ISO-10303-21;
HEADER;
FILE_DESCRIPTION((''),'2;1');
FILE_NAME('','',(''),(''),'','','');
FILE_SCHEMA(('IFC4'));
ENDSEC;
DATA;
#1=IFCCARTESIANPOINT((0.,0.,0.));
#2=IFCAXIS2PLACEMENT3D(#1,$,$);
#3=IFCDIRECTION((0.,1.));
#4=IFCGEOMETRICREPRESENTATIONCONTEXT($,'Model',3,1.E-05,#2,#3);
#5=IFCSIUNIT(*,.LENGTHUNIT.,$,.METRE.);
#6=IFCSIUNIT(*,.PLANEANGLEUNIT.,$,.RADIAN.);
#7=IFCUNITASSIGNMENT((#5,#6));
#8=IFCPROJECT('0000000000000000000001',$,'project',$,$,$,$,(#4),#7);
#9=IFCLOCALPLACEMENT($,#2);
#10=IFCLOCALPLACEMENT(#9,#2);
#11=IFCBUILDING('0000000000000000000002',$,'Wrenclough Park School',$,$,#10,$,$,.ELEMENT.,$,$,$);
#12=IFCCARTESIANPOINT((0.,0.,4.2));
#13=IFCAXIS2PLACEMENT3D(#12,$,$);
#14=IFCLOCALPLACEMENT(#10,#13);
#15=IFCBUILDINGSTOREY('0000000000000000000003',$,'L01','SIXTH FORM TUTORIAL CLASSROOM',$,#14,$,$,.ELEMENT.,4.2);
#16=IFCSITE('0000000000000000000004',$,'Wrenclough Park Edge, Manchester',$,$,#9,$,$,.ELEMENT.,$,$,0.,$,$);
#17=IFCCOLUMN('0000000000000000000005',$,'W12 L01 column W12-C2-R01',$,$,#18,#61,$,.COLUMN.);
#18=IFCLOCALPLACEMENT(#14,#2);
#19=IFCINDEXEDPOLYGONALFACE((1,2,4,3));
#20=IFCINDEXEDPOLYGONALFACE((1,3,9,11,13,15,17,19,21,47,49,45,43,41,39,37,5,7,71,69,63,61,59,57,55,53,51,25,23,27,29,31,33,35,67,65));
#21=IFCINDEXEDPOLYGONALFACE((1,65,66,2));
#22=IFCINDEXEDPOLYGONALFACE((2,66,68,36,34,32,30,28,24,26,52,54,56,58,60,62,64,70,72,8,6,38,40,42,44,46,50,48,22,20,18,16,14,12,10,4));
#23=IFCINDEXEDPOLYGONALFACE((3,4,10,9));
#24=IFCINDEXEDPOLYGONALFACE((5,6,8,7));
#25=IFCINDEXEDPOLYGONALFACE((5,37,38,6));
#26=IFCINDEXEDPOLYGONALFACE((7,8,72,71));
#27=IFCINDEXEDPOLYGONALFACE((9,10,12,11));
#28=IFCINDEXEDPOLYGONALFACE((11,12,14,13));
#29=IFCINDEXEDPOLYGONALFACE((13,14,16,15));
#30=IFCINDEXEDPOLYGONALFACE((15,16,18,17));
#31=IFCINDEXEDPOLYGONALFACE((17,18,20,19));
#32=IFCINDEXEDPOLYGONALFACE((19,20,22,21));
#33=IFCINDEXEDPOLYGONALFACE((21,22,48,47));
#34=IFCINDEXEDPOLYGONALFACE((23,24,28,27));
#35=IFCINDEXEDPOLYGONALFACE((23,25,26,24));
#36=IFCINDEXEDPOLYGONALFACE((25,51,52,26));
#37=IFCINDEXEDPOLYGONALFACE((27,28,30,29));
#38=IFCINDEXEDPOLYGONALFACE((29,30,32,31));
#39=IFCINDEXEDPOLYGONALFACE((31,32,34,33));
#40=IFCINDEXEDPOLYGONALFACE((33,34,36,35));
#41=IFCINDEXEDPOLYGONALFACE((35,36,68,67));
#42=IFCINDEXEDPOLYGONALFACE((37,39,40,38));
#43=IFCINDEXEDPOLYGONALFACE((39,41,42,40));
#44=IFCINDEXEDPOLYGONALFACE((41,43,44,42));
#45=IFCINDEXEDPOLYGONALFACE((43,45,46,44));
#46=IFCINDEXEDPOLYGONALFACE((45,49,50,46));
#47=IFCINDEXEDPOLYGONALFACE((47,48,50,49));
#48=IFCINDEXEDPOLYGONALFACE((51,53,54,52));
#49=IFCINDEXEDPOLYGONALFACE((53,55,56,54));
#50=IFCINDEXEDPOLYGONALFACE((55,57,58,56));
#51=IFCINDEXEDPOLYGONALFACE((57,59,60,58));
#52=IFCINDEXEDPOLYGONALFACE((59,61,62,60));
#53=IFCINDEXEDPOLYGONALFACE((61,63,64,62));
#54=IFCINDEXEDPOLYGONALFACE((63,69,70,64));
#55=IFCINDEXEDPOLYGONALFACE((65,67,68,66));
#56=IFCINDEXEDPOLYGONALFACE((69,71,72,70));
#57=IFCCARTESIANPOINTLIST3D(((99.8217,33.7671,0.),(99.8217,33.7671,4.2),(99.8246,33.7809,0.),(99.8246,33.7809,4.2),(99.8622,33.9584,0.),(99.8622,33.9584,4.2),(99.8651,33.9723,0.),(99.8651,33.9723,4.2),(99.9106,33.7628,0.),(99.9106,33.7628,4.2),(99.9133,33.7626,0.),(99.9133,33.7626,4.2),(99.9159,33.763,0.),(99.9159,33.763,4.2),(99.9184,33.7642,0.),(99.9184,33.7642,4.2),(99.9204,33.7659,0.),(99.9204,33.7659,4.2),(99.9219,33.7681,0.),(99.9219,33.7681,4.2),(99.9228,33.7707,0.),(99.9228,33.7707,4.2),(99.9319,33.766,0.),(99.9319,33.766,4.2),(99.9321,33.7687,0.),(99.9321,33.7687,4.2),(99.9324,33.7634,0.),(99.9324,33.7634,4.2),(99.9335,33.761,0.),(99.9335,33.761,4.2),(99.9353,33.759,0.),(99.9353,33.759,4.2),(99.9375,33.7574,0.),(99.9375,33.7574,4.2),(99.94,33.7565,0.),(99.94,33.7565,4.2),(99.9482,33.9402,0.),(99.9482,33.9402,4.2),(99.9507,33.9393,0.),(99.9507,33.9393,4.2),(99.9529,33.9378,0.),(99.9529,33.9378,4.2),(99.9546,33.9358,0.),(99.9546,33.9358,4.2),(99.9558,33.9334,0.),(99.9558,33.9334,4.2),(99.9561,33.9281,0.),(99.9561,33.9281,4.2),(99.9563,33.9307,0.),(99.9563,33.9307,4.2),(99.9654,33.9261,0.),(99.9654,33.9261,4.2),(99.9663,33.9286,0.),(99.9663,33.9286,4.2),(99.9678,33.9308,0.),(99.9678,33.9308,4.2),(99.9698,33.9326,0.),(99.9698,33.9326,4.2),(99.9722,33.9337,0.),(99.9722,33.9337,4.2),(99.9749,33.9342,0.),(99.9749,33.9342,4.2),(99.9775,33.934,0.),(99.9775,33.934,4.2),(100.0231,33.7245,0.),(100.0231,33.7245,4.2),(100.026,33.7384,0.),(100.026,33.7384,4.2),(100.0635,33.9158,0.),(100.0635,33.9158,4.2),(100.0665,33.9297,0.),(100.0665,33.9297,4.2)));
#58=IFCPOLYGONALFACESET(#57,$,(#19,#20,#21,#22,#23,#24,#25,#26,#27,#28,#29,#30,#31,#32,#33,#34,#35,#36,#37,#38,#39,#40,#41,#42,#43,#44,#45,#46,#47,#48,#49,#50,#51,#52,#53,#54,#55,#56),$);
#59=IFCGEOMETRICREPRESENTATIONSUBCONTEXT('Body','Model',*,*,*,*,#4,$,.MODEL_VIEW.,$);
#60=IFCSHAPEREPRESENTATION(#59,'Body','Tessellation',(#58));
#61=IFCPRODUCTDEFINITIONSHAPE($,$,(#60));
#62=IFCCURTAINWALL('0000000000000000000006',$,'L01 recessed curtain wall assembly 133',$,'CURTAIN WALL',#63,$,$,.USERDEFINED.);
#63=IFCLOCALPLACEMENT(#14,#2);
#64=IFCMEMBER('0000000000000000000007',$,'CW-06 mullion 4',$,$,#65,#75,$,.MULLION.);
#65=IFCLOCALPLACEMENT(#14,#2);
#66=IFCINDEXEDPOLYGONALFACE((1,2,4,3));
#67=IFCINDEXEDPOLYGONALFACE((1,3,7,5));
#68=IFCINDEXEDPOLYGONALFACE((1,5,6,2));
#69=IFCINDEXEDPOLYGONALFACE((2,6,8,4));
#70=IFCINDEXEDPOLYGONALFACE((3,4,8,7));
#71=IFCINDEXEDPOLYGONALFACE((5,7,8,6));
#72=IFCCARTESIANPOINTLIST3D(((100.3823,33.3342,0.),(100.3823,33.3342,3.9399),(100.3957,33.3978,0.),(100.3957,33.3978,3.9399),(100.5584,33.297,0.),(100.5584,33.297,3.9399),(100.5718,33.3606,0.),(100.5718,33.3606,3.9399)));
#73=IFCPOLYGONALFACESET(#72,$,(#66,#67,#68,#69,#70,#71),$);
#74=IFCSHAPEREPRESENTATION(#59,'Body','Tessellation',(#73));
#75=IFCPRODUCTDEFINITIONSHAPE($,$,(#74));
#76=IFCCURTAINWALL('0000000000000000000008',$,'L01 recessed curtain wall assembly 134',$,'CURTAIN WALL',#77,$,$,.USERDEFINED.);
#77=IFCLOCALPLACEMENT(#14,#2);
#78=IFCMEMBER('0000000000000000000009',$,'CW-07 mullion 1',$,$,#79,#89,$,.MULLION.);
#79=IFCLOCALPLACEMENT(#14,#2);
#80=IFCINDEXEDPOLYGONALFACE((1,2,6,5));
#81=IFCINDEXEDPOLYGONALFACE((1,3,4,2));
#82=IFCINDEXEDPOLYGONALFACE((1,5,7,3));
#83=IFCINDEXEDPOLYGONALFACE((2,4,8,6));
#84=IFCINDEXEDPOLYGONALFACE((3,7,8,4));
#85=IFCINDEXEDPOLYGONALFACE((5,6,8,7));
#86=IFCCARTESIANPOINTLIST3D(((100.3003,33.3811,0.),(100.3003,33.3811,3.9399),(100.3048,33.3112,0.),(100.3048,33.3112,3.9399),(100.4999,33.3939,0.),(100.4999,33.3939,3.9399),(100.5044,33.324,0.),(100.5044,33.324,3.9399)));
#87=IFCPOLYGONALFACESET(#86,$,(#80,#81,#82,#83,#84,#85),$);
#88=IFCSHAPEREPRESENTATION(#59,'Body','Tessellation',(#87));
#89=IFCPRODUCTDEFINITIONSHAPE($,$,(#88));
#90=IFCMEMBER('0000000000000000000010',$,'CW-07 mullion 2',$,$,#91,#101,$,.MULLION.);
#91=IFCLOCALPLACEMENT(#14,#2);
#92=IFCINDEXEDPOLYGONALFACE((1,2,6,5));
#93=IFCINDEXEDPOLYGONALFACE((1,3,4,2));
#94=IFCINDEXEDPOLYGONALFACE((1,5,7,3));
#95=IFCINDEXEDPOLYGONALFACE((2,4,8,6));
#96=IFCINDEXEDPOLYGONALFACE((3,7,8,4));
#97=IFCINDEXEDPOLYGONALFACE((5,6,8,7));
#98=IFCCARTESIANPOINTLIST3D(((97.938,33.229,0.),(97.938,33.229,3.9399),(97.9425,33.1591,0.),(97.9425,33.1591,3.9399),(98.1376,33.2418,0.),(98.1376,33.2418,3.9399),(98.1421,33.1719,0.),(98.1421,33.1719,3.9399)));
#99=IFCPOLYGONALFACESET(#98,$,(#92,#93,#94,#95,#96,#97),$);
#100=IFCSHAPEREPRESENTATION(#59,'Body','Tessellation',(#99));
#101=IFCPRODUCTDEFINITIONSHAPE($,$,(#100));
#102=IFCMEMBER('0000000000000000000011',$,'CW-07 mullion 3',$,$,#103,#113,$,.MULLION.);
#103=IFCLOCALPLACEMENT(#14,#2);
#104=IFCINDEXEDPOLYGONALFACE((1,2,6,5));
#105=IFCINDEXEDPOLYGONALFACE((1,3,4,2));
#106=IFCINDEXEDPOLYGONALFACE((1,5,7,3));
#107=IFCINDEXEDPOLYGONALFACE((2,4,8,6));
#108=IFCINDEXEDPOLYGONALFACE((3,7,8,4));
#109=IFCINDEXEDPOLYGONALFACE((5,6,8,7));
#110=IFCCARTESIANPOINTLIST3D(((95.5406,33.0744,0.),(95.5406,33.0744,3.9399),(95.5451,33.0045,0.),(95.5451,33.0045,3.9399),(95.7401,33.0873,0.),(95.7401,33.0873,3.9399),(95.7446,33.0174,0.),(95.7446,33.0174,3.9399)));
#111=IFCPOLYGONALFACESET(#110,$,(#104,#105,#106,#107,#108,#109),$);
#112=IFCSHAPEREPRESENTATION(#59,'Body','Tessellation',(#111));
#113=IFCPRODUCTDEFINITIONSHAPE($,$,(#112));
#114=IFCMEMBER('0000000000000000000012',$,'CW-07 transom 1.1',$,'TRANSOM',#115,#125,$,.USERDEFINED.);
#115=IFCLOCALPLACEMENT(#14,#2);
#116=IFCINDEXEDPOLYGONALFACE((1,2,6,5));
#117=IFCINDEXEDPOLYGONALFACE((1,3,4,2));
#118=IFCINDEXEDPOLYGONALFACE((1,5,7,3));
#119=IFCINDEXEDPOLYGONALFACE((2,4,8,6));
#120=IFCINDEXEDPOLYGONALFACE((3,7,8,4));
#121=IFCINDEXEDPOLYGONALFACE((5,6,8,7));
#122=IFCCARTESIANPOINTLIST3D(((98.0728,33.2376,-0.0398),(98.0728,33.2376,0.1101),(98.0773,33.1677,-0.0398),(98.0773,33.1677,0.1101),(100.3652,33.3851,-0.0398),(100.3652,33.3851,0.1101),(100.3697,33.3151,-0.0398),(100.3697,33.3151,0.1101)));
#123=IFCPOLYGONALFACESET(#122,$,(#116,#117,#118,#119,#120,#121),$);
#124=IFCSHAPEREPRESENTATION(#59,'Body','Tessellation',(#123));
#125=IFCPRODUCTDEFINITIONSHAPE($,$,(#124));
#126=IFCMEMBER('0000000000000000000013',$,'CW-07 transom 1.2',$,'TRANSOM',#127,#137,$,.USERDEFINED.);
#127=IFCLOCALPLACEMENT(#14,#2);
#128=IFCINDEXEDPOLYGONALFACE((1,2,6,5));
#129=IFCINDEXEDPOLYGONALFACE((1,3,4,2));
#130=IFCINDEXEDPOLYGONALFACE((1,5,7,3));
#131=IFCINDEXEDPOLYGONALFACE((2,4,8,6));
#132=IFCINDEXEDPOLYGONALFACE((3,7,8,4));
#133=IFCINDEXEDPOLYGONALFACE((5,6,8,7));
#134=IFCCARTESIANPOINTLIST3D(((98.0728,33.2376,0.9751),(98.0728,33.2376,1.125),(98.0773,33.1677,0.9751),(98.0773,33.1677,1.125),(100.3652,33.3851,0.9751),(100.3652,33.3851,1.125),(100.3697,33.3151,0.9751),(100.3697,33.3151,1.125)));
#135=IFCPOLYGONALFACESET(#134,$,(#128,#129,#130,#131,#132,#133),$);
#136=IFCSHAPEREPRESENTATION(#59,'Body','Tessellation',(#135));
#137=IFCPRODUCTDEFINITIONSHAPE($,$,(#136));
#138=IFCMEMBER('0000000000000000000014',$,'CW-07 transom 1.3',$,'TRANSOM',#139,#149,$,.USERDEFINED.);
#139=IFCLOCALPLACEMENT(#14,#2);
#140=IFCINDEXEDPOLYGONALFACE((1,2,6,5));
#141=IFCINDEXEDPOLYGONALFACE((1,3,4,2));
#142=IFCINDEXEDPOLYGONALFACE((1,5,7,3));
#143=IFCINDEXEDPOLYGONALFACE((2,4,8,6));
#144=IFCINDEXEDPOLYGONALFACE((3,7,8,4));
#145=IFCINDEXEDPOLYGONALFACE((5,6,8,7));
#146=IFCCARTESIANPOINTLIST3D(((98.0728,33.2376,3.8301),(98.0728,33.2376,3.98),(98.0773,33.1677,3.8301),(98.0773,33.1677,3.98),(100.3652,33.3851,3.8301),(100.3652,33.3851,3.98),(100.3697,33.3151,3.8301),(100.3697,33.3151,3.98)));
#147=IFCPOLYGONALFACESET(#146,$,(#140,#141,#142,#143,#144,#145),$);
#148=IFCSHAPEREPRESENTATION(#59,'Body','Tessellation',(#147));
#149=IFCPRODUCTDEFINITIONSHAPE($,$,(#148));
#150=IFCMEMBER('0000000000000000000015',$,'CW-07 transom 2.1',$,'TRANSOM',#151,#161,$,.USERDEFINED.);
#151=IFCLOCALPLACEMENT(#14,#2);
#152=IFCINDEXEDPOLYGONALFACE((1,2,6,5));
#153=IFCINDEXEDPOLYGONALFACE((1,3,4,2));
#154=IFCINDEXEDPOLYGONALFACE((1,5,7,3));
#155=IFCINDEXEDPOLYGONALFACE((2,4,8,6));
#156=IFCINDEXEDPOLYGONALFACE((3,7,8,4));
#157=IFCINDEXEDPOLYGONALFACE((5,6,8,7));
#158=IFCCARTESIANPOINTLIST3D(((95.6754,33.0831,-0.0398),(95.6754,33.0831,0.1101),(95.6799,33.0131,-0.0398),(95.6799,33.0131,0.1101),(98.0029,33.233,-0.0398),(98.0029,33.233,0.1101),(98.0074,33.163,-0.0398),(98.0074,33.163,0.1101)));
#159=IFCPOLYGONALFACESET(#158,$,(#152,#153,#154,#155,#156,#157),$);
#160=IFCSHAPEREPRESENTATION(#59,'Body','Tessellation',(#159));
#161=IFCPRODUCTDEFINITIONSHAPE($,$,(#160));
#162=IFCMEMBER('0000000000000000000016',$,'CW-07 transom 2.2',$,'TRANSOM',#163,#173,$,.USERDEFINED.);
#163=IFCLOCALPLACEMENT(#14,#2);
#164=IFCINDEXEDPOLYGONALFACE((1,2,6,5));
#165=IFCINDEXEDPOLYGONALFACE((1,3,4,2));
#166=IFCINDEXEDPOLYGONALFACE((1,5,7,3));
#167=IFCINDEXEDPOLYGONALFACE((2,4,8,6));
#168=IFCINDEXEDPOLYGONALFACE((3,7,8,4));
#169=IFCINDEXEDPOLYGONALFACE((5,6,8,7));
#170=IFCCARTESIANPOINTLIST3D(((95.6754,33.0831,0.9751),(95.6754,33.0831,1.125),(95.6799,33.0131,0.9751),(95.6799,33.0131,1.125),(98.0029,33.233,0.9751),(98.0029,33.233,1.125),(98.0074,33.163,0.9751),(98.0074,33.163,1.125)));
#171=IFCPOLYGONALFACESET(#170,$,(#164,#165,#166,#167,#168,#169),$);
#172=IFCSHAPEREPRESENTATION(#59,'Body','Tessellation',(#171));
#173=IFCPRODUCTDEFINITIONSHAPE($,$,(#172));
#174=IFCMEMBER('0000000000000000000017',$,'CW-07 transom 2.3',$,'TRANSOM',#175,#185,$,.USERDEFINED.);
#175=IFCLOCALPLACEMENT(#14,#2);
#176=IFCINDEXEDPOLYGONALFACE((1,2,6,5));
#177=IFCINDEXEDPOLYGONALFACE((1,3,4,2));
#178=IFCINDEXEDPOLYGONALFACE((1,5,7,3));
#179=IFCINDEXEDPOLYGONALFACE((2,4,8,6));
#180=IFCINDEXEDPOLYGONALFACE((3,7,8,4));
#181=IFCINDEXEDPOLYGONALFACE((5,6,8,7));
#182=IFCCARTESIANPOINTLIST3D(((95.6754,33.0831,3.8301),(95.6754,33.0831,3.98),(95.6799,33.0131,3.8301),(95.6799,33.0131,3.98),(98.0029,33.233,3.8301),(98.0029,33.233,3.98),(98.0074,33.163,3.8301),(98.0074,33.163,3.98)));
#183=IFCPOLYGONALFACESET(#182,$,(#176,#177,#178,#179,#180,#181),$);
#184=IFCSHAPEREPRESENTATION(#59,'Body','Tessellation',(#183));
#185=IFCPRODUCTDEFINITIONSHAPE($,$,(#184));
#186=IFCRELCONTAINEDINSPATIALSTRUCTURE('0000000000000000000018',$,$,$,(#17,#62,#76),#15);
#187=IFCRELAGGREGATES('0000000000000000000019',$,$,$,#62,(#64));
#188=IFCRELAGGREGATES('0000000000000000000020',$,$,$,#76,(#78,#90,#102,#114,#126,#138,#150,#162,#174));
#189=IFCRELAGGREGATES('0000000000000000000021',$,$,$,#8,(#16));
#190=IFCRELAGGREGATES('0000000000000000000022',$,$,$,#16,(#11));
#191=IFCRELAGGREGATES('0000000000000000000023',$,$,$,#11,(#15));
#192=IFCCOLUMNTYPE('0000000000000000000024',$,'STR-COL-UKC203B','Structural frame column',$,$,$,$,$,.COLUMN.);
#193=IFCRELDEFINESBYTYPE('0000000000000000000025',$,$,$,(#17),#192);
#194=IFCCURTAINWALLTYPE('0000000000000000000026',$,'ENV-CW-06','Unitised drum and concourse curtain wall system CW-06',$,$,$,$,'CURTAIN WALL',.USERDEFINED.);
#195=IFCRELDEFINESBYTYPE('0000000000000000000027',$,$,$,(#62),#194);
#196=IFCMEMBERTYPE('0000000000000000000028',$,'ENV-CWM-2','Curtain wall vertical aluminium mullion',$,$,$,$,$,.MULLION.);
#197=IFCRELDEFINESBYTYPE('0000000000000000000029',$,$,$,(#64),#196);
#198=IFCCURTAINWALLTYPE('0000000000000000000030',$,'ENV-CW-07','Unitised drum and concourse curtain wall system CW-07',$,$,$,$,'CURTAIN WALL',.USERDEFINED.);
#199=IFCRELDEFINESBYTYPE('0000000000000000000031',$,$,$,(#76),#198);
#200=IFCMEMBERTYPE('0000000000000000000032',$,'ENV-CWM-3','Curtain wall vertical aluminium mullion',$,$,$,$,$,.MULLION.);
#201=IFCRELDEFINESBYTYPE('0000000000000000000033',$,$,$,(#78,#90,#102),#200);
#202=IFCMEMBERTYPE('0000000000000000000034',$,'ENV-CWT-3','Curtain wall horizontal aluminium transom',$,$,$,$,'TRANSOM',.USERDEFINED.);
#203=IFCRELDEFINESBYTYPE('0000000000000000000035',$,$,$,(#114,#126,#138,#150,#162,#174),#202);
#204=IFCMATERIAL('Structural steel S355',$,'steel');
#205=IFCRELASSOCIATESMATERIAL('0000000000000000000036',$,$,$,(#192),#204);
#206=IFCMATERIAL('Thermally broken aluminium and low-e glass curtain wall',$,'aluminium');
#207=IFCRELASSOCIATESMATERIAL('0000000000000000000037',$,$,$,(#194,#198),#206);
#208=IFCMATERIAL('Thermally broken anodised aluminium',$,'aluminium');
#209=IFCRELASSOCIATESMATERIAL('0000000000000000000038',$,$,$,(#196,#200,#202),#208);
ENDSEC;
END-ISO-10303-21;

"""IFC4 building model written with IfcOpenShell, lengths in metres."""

from ifc_helpers import new_model, si_unit, direction, frame, origin, origin_2d, place, context, subcontext, project, spatial, rectangle, i_section, extrude, material, material_profile, profile_set, type_object, element, aggregate, save


model = new_model("IFC4")

# Units and contexts
model_context = context("Model", 3, precision=1e-05, world=origin(), true_north=direction((0.0, 1.0)))
body_context = subcontext(model_context, "Body", "Model", "MODEL_VIEW")
ifc_project = project(units=[si_unit("LENGTHUNIT", "METRE"), si_unit("PLANEANGLEUNIT", "RADIAN")], contexts=[model_context])

# Site, building, storey
site_placement = place(None, origin())
site = spatial("IfcSite", under=ifc_project, at=site_placement, Name="Wrenclough Park Edge, Manchester", CompositionType="ELEMENT", RefElevation=0.0)
building_placement = place(site_placement, origin())
building = spatial("IfcBuilding", under=site, at=building_placement, Name="Wrenclough Park School", CompositionType="ELEMENT")
storey_placement = place(building_placement, frame((0.0, 0.0, 4.2)))
storey = spatial("IfcBuildingStorey", under=building, at=storey_placement, Name="L01", Description="SIXTH FORM TUTORIAL CLASSROOM", CompositionType="ELEMENT", Elevation=4.2)

# Column
ifc_material_1 = material(Name="Structural steel S355", Category="steel")
ifc_material_profile_1 = material_profile(ifc_material_1, i_section(OverallWidth=0.2058, OverallDepth=0.2097, WebThickness=0.0095, FlangeThickness=0.0142, FilletRadius=0.0103, at=origin_2d()), Name="UKC 203x203x60")
ifc_profile_set_1 = profile_set([ifc_material_profile_1], Name="Structural steel S355")
column_type = type_object("IfcColumnType", Name="STR-COL-UKC203B", Description="Structural frame column", PredefinedType="COLUMN", material=ifc_profile_set_1)
column_placement = place(storey_placement, frame((99.9441, 33.8484, 0.0), z_axis=(0.0, 0.0, 1.0), x_axis=(0.978365, -0.206887, 0.0)))
element("IfcColumn", 1, at=column_placement, inside=storey, type_object=column_type, Name="W12 L01 column W12-C2-R01", PredefinedType="COLUMN", context=body_context, shape_type="SweptSolid", body=[
    extrude(i_section(OverallWidth=0.2058, OverallDepth=0.2097, WebThickness=0.0095, FlangeThickness=0.0142, FilletRadius=0.0103, at=origin_2d()), origin(), (0.0, 0.0, 1.0), 4.2),
])

# Curtain wall, member
ifc_material_2 = material(Name="Thermally broken aluminium and low-e glass curtain wall", Category="aluminium")
curtain_wall_type_1 = type_object("IfcCurtainWallType", Name="ENV-CW-06", Description="Unitised drum and concourse curtain wall system CW-06", ElementType="CURTAIN WALL", PredefinedType="USERDEFINED", material=ifc_material_2)
curtain_wall_1_placement = place(storey_placement, origin())
curtain_wall_1 = element("IfcCurtainWall", 2, at=curtain_wall_1_placement, inside=storey, type_object=curtain_wall_type_1, Name="L01 recessed curtain wall assembly 133", ObjectType="CURTAIN WALL", PredefinedType="USERDEFINED")
ifc_material_3 = material(Name="Thermally broken anodised aluminium", Category="aluminium")
ifc_material_profile_2 = material_profile(ifc_material_3, rectangle(XDim=0.0649, YDim=0.1799, at=origin_2d()), Name="AL MULLION 65x180")
ifc_profile_set_2 = profile_set([ifc_material_profile_2], Name="Thermally broken anodised aluminium")
member_type_1 = type_object("IfcMemberType", Name="ENV-CWM-2", Description="Curtain wall vertical aluminium mullion", PredefinedType="MULLION", material=ifc_profile_set_2)
member_1_placement = place(storey_placement, frame((100.4771, 33.3474, 0.0), z_axis=(0.0, 0.0, 1.0), x_axis=(-0.206818, -0.978379, 0.0)))
member_1 = element("IfcMember", 3, at=member_1_placement, type_object=member_type_1, Name="CW-06 mullion 4", PredefinedType="MULLION", context=body_context, shape_type="SweptSolid", body=[
    extrude(rectangle(XDim=0.0649, YDim=0.1799, at=origin_2d()), origin(), (0.0, 0.0, 1.0), 3.9399),
])

# Curtain wall, members
curtain_wall_type_2 = type_object("IfcCurtainWallType", Name="ENV-CW-07", Description="Unitised drum and concourse curtain wall system CW-07", ElementType="CURTAIN WALL", PredefinedType="USERDEFINED", material=ifc_material_2)
curtain_wall_2_placement = place(storey_placement, origin())
curtain_wall_2 = element("IfcCurtainWall", 4, at=curtain_wall_2_placement, inside=storey, type_object=curtain_wall_type_2, Name="L01 recessed curtain wall assembly 134", ObjectType="CURTAIN WALL", PredefinedType="USERDEFINED")
ifc_material_profile_3 = material_profile(ifc_material_3, rectangle(XDim=0.0701, YDim=0.2, at=origin_2d()), Name="AL MULLION 70x200")
ifc_profile_set_3 = profile_set([ifc_material_profile_3], Name="Thermally broken anodised aluminium")
member_type_2 = type_object("IfcMemberType", Name="ENV-CWM-3", Description="Curtain wall vertical aluminium mullion", PredefinedType="MULLION", material=ifc_profile_set_3)
member_2_placement = place(storey_placement, frame((100.4023, 33.3525, 0.0), z_axis=(0.0, 0.0, 1.0), x_axis=(0.064259, -0.997933, 0.0)))
member_2 = element("IfcMember", 5, at=member_2_placement, type_object=member_type_2, Name="CW-07 mullion 1", PredefinedType="MULLION", context=body_context, shape_type="SweptSolid", body=[
    extrude(rectangle(XDim=0.0701, YDim=0.2, at=origin_2d()), origin(), (0.0, 0.0, 1.0), 3.9399),
])
member_3_placement = place(storey_placement, frame((98.04, 33.2004, 0.0), z_axis=(0.0, 0.0, 1.0), x_axis=(0.064259, -0.997933, 0.0)))
member_3 = element("IfcMember", 6, at=member_3_placement, type_object=member_type_2, Name="CW-07 mullion 2", PredefinedType="MULLION", context=body_context, shape_type="SweptSolid", body=[
    extrude(rectangle(XDim=0.0701, YDim=0.2, at=origin_2d()), origin(), (0.0, 0.0, 1.0), 3.9399),
])
member_4_placement = place(storey_placement, frame((95.6426, 33.0459, 0.0), z_axis=(0.0, 0.0, 1.0), x_axis=(0.064259, -0.997933, 0.0)))
member_4 = element("IfcMember", 7, at=member_4_placement, type_object=member_type_2, Name="CW-07 mullion 3", PredefinedType="MULLION", context=body_context, shape_type="SweptSolid", body=[
    extrude(rectangle(XDim=0.0701, YDim=0.2, at=origin_2d()), origin(), (0.0, 0.0, 1.0), 3.9399),
])
ifc_material_profile_4 = material_profile(ifc_material_3, rectangle(XDim=0.0701, YDim=0.1499, at=origin_2d()), Name="AL TRANSOM 70x150")
ifc_profile_set_4 = profile_set([ifc_material_profile_4], Name="Thermally broken anodised aluminium")
member_type_3 = type_object("IfcMemberType", Name="ENV-CWT-3", Description="Curtain wall horizontal aluminium transom", ElementType="TRANSOM", PredefinedType="USERDEFINED", material=ifc_profile_set_4)
member_5_placement = place(storey_placement, frame((100.3674, 33.3501, 0.0352), z_axis=(-0.997938, -0.064191, 0.0), x_axis=(0.064191, -0.997938, 0.0)))
member_5 = element("IfcMember", 8, at=member_5_placement, type_object=member_type_3, Name="CW-07 transom 1.1", ObjectType="TRANSOM", PredefinedType="USERDEFINED", context=body_context, shape_type="SweptSolid", body=[
    extrude(rectangle(XDim=0.0701, YDim=0.1499, at=origin_2d()), origin(), (0.0, 0.0, 1.0), 2.2971),
])
member_6_placement = place(storey_placement, frame((100.3674, 33.3501, 1.05), z_axis=(-0.997938, -0.064191, 0.0), x_axis=(0.064191, -0.997938, 0.0)))
member_6 = element("IfcMember", 9, at=member_6_placement, type_object=member_type_3, Name="CW-07 transom 1.2", ObjectType="TRANSOM", PredefinedType="USERDEFINED", context=body_context, shape_type="SweptSolid", body=[
    extrude(rectangle(XDim=0.0701, YDim=0.1499, at=origin_2d()), origin(), (0.0, 0.0, 1.0), 2.2971),
])
member_7_placement = place(storey_placement, frame((100.3674, 33.3501, 3.905), z_axis=(-0.997938, -0.064191, 0.0), x_axis=(0.064191, -0.997938, 0.0)))
member_7 = element("IfcMember", 10, at=member_7_placement, type_object=member_type_3, Name="CW-07 transom 1.3", ObjectType="TRANSOM", PredefinedType="USERDEFINED", context=body_context, shape_type="SweptSolid", body=[
    extrude(rectangle(XDim=0.0701, YDim=0.1499, at=origin_2d()), origin(), (0.0, 0.0, 1.0), 2.2971),
])
member_8_placement = place(storey_placement, frame((98.0051, 33.198, 0.0352), z_axis=(-0.997932, -0.064275, 0.0), x_axis=(0.064275, -0.997932, 0.0)))
member_8 = element("IfcMember", 11, at=member_8_placement, type_object=member_type_3, Name="CW-07 transom 2.1", ObjectType="TRANSOM", PredefinedType="USERDEFINED", context=body_context, shape_type="SweptSolid", body=[
    extrude(rectangle(XDim=0.0701, YDim=0.1499, at=origin_2d()), origin(), (0.0, 0.0, 1.0), 2.3323),
])
member_9_placement = place(storey_placement, frame((98.0051, 33.198, 1.05), z_axis=(-0.997932, -0.064275, 0.0), x_axis=(0.064275, -0.997932, 0.0)))
member_9 = element("IfcMember", 12, at=member_9_placement, type_object=member_type_3, Name="CW-07 transom 2.2", ObjectType="TRANSOM", PredefinedType="USERDEFINED", context=body_context, shape_type="SweptSolid", body=[
    extrude(rectangle(XDim=0.0701, YDim=0.1499, at=origin_2d()), origin(), (0.0, 0.0, 1.0), 2.3323),
])
member_10_placement = place(storey_placement, frame((98.0051, 33.198, 3.905), z_axis=(-0.997932, -0.064275, 0.0), x_axis=(0.064275, -0.997932, 0.0)))
member_10 = element("IfcMember", 13, at=member_10_placement, type_object=member_type_3, Name="CW-07 transom 2.3", ObjectType="TRANSOM", PredefinedType="USERDEFINED", context=body_context, shape_type="SweptSolid", body=[
    extrude(rectangle(XDim=0.0701, YDim=0.1499, at=origin_2d()), origin(), (0.0, 0.0, 1.0), 2.3323),
])

aggregate(curtain_wall_1, [member_1])
aggregate(curtain_wall_2, [member_2, member_3, member_4, member_5, member_6, member_7, member_8, member_9, member_10])

save(model, "model.ifc")
